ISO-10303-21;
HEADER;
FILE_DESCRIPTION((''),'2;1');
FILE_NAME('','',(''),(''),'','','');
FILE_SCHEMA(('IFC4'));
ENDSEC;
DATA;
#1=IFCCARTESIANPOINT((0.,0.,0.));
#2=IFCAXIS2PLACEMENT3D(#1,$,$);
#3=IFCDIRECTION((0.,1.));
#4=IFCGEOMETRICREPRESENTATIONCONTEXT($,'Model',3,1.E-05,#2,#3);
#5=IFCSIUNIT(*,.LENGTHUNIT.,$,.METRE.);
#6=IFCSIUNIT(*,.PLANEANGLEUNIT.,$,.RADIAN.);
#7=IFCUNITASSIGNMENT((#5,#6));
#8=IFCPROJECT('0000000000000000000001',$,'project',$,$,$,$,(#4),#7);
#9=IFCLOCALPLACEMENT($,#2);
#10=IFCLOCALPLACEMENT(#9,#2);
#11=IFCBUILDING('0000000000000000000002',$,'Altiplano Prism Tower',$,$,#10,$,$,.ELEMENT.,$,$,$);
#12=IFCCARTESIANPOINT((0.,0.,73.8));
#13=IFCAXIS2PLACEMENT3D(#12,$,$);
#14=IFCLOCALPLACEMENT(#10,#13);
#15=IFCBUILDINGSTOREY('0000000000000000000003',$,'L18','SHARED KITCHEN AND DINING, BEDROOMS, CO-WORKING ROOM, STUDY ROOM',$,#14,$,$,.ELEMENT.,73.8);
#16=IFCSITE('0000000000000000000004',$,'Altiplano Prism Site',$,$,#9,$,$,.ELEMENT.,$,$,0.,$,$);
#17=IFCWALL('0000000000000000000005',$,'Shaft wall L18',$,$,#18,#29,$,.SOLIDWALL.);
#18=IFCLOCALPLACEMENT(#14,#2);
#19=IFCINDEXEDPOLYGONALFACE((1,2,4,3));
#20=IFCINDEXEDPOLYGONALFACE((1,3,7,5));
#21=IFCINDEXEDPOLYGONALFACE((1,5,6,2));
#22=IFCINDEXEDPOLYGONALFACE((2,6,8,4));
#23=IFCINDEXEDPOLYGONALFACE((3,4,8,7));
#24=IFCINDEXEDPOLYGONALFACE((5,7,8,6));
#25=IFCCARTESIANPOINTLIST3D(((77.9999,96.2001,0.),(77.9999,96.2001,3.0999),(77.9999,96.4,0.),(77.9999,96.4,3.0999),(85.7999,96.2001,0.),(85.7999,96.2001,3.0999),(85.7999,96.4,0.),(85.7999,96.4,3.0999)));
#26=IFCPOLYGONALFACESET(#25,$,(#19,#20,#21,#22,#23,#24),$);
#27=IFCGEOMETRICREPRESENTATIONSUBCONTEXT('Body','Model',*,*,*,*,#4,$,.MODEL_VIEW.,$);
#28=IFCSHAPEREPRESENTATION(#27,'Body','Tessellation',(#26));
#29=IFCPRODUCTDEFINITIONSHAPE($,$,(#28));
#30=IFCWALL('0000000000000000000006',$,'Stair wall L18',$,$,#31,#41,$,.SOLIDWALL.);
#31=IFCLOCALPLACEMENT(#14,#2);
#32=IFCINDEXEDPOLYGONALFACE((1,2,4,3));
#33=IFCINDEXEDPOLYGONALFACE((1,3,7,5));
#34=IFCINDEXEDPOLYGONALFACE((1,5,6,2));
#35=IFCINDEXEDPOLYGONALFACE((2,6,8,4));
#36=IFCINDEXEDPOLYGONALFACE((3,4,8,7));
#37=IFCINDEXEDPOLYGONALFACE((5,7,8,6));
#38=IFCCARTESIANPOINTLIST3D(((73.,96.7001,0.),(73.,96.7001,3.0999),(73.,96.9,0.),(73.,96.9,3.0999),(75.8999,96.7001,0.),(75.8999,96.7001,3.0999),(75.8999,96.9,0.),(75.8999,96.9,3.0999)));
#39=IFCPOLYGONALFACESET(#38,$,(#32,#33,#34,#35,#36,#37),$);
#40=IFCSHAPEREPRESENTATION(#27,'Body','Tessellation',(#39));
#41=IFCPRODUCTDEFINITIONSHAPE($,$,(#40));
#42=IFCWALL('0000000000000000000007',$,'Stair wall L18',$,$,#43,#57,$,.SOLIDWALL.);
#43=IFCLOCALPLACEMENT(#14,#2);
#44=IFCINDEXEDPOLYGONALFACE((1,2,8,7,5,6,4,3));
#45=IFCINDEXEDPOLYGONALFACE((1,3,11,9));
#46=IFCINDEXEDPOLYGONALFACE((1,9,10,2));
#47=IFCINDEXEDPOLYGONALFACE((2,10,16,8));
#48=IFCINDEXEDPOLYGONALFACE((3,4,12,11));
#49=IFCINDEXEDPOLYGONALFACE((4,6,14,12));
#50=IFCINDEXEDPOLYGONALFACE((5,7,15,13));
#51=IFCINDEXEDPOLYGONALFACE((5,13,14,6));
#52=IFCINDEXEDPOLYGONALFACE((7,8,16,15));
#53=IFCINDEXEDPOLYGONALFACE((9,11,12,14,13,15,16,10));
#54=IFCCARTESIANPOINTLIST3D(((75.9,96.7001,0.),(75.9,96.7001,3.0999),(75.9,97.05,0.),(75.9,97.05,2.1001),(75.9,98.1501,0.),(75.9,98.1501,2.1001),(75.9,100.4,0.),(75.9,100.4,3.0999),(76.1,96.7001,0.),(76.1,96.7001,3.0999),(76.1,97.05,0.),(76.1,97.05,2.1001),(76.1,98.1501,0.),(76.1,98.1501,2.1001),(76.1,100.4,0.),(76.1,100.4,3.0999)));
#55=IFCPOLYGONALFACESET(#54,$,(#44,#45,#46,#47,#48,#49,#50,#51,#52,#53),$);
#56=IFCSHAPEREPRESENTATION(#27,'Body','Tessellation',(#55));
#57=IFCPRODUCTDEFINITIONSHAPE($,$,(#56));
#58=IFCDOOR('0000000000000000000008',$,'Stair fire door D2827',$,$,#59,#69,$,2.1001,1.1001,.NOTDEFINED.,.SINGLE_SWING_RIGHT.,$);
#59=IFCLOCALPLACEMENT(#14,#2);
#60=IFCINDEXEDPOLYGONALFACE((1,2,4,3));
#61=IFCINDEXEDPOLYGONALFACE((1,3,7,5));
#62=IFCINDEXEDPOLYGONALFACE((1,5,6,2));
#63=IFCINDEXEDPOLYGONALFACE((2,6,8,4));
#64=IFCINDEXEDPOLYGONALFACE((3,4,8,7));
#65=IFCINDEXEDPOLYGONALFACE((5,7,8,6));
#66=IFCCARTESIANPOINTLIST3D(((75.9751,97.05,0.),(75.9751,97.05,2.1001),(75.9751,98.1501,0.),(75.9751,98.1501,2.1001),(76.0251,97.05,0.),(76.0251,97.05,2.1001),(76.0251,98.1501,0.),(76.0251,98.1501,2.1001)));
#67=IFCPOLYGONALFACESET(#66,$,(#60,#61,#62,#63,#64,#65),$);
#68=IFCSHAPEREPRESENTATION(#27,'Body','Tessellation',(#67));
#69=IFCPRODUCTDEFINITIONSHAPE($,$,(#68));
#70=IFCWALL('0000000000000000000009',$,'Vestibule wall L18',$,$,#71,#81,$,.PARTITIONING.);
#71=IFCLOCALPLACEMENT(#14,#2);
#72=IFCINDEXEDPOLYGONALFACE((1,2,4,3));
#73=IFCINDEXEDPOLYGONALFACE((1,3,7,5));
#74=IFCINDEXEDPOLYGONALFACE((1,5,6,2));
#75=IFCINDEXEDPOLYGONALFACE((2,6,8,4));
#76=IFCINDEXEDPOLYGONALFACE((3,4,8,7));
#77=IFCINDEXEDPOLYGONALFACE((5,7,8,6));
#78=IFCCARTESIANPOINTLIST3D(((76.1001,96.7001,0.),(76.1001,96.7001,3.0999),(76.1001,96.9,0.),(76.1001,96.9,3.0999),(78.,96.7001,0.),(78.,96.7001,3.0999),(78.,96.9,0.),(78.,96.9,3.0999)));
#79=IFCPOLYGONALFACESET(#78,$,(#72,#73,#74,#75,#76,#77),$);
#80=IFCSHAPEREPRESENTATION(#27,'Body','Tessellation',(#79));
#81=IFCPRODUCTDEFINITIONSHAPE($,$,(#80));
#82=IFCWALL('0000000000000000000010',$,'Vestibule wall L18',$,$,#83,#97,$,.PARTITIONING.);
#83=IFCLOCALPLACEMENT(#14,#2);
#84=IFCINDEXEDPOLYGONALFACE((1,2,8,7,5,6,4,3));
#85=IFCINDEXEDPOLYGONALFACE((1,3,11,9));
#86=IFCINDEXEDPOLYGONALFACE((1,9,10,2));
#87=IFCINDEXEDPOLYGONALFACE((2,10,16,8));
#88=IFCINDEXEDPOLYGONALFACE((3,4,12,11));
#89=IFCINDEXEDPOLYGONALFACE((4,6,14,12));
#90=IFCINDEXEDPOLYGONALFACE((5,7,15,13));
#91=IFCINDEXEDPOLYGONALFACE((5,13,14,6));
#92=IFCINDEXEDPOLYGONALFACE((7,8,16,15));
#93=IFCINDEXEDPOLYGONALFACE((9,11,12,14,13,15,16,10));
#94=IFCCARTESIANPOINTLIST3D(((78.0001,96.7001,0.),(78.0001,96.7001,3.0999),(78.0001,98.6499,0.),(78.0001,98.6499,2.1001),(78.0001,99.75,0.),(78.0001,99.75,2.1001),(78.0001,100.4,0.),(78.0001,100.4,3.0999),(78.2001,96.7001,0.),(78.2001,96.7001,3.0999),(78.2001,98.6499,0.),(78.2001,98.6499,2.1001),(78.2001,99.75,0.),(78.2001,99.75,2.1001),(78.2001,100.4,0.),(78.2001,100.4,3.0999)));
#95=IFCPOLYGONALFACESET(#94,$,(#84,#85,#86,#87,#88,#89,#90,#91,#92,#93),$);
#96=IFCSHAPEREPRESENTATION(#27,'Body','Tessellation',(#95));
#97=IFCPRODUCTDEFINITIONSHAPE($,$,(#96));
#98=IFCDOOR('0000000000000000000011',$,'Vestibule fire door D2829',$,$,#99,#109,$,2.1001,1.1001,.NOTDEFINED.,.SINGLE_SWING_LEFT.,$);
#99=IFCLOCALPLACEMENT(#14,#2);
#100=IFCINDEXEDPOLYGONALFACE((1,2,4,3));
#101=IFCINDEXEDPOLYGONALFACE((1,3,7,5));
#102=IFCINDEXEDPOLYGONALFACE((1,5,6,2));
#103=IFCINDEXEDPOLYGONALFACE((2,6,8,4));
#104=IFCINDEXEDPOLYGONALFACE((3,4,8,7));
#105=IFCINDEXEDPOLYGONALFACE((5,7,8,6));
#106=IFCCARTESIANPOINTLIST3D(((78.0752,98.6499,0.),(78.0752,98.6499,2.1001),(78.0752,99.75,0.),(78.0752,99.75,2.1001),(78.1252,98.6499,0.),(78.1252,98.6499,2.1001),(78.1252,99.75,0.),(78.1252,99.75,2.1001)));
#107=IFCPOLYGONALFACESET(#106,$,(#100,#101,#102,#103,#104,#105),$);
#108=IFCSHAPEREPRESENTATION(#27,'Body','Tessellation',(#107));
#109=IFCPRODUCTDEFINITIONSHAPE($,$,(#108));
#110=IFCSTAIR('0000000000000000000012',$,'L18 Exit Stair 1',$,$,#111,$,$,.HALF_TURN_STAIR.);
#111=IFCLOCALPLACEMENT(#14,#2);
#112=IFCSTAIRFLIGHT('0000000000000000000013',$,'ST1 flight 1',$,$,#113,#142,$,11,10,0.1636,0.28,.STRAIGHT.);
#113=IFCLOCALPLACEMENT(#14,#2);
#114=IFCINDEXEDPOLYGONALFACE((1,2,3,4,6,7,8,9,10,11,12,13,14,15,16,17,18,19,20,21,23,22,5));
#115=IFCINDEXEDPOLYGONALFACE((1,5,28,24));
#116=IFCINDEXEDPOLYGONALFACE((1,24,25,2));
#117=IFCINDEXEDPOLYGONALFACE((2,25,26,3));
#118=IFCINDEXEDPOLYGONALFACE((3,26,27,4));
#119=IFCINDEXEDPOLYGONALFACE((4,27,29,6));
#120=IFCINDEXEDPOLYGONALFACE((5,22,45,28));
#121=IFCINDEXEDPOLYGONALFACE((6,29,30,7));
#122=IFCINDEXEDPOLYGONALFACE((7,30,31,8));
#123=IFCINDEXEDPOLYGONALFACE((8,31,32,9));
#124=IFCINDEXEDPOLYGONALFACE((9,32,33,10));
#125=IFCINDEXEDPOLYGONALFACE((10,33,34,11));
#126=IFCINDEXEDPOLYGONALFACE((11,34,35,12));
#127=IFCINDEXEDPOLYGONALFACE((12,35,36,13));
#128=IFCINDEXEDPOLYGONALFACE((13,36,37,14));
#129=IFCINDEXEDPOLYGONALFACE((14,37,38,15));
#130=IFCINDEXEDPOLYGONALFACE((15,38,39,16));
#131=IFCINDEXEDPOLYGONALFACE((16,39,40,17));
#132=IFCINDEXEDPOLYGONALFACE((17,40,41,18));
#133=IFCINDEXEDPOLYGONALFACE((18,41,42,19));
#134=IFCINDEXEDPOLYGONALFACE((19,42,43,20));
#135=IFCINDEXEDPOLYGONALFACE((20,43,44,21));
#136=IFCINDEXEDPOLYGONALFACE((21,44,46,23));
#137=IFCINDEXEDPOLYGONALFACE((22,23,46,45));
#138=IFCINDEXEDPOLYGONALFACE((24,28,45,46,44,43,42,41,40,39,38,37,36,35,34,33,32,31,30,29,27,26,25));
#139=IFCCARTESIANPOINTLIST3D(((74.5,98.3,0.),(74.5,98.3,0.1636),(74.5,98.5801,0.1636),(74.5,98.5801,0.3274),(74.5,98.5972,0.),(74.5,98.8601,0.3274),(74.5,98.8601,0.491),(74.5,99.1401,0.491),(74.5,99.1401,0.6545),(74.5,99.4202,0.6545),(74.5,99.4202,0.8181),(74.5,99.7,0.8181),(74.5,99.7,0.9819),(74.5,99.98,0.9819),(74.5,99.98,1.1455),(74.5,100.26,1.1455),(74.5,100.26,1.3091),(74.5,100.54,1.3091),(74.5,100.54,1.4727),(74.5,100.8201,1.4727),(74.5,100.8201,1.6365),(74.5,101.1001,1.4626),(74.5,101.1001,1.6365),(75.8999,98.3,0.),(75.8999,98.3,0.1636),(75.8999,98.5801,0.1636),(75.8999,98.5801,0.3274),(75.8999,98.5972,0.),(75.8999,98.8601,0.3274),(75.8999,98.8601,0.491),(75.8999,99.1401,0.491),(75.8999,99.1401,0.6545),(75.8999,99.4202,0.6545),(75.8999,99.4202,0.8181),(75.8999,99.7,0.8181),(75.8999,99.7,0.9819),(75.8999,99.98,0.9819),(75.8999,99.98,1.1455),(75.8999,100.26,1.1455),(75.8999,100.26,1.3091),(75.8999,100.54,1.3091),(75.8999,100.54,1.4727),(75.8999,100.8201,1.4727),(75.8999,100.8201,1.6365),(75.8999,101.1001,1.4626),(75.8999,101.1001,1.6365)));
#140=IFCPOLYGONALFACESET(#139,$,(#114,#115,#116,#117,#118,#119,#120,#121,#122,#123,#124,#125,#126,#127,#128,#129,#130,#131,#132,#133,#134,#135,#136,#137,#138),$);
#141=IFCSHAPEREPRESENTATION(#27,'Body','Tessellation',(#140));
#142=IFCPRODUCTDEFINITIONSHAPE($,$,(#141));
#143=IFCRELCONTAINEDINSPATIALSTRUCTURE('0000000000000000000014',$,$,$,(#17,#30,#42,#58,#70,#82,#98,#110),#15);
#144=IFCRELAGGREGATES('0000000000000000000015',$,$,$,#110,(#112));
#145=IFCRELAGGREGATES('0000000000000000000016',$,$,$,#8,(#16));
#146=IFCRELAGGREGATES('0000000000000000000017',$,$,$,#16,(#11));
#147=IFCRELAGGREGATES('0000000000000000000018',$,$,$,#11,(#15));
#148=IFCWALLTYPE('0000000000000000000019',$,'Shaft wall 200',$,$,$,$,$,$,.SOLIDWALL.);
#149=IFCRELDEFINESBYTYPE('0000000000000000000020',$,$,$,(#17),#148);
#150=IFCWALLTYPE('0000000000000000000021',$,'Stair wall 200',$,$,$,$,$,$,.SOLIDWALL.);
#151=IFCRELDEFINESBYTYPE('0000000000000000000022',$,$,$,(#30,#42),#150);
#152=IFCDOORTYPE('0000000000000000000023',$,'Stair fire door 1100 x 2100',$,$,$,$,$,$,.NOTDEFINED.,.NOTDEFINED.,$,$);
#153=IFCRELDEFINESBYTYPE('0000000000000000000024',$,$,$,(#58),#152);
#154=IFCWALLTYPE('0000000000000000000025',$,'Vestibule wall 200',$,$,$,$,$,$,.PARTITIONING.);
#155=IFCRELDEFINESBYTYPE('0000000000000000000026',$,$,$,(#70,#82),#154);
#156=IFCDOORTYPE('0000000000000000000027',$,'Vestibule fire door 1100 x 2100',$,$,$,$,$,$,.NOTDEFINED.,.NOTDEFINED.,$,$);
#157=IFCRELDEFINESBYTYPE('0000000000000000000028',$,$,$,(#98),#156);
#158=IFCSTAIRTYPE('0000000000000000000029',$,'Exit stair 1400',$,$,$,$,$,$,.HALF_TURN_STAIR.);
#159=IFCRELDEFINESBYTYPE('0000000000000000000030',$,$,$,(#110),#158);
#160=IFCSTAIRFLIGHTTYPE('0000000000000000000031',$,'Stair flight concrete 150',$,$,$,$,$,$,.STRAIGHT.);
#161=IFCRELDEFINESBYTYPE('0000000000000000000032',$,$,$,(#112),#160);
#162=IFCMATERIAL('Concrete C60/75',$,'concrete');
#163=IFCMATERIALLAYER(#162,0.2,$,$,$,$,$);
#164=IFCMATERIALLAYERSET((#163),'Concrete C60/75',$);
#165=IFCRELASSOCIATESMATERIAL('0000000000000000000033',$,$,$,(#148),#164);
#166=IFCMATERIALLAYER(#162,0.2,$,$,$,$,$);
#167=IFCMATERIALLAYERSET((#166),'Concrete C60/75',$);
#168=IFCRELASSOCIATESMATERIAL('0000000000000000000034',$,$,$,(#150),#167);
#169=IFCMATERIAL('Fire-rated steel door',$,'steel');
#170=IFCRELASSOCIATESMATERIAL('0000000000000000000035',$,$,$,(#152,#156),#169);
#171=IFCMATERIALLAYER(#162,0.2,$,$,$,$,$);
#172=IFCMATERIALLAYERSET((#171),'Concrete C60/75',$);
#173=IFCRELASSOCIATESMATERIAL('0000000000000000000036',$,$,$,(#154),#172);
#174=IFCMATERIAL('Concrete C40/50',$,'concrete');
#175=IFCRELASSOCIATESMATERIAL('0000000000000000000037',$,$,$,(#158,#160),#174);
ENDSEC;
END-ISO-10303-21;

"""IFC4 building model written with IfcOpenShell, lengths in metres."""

from ifc_helpers import new_model, si_unit, direction, frame, frame_2d, origin, place, context, subcontext, project, spatial, polyline, rectangle, outline, extrude, material, layer, layer_set, type_object, element, fill, aggregate, save


model = new_model("IFC4")

# Units and contexts
model_context = context("Model", 3, precision=1e-05, world=origin(), true_north=direction((0.0, 1.0)))
body_context = subcontext(model_context, "Body", "Model", "MODEL_VIEW")
ifc_project = project(units=[si_unit("LENGTHUNIT", "METRE"), si_unit("PLANEANGLEUNIT", "RADIAN")], contexts=[model_context])

# Site, building, storey
site_placement = place(None, origin())
site = spatial("IfcSite", under=ifc_project, at=site_placement, Name="Altiplano Prism Site", CompositionType="ELEMENT", RefElevation=0.0)
building_placement = place(site_placement, origin())
building = spatial("IfcBuilding", under=site, at=building_placement, Name="Altiplano Prism Tower", CompositionType="ELEMENT")
storey_placement = place(building_placement, frame((0.0, 0.0, 73.8)))
storey = spatial("IfcBuildingStorey", under=building, at=storey_placement, Name="L18", Description="SHARED KITCHEN AND DINING, BEDROOMS, CO-WORKING ROOM, STUDY ROOM", CompositionType="ELEMENT", Elevation=73.8)

# Walls
ifc_material_1 = material(Name="Concrete C60/75", Category="concrete")
ifc_layer_1 = layer(ifc_material_1, 0.2)
ifc_layer_set_1 = layer_set([ifc_layer_1], Name="Concrete C60/75")
wall_type_1 = type_object("IfcWallType", Name="Shaft wall 200", PredefinedType="SOLIDWALL", material=ifc_layer_set_1)
wall_1_placement = place(storey_placement, frame((78.0, 96.3, 0.0), z_axis=(0.0, 0.0, 1.0), x_axis=(1.0, 0.0, 0.0)))
element("IfcWall", 1, at=wall_1_placement, inside=storey, type_object=wall_type_1, Name="Shaft wall L18", PredefinedType="SOLIDWALL", context=body_context, shape_type="SweptSolid", body=[
    extrude(rectangle(XDim=7.8, YDim=0.2, at=frame_2d((3.8999, 0.0))), origin(), (0.0, 0.0, 1.0), 3.0999),
])
ifc_layer_2 = layer(ifc_material_1, 0.2)
ifc_layer_set_2 = layer_set([ifc_layer_2], Name="Concrete C60/75")
wall_type_2 = type_object("IfcWallType", Name="Stair wall 200", PredefinedType="SOLIDWALL", material=ifc_layer_set_2)
wall_2_placement = place(storey_placement, frame((73.0, 96.8, 0.0), z_axis=(0.0, 0.0, 1.0), x_axis=(1.0, 0.0, 0.0)))
element("IfcWall", 2, at=wall_2_placement, inside=storey, type_object=wall_type_2, Name="Stair wall L18", PredefinedType="SOLIDWALL", context=body_context, shape_type="SweptSolid", body=[
    extrude(rectangle(XDim=2.8999, YDim=0.2, at=frame_2d((1.45, 0.0))), origin(), (0.0, 0.0, 1.0), 3.0999),
])

# Wall, opening, door
wall_3_placement = place(storey_placement, frame((76.0, 96.7, 0.0), z_axis=(0.0, 0.0, 1.0), x_axis=(0.0, 1.0, 0.0)))
wall_3 = element("IfcWall", 3, at=wall_3_placement, inside=storey, type_object=wall_type_2, Name="Stair wall L18", PredefinedType="SOLIDWALL", context=body_context, shape_type="SweptSolid", body=[
    extrude(rectangle(XDim=3.7, YDim=0.2, at=frame_2d((1.8501, 0.0))), origin(), (0.0, 0.0, 1.0), 3.0999),
])
opening_1_placement = place(wall_3_placement, frame((0.3501, 0.0, 0.0)))
opening_1 = element("IfcOpeningElement", 4, at=opening_1_placement, cuts=wall_3, PredefinedType="OPENING", context=body_context, shape_type="SweptSolid", body=[
    extrude(rectangle(XDim=1.1001, YDim=2.1001, at=frame_2d((0.55, 1.05))), frame((0.0, 0.1104, 0.0), z_axis=(0.0, -1.0, 0.0), x_axis=(1.0, 0.0, 0.0)), (0.0, 0.0, 1.0), 0.2209),
])
ifc_material_2 = material(Name="Fire-rated steel door", Category="steel")
door_type_1 = type_object("IfcDoorType", Name="Stair fire door 1100 x 2100", OperationType="NOTDEFINED", PredefinedType="NOTDEFINED", material=ifc_material_2)
door_1_placement = place(opening_1_placement, origin())
door_1 = element("IfcDoor", 5, at=door_1_placement, inside=storey, type_object=door_type_1, Name="Stair fire door D2827", OperationType="SINGLE_SWING_RIGHT", OverallHeight=2.1001, OverallWidth=1.1001, PredefinedType="NOTDEFINED", context=body_context, shape_type="SweptSolid", body=[
    extrude(rectangle(XDim=1.1001, YDim=2.1001, at=frame_2d((0.55, 1.05))), frame((0.0, 0.0249, 0.0), z_axis=(0.0, -1.0, 0.0), x_axis=(1.0, 0.0, 0.0)), (0.0, 0.0, 1.0), 0.05),
])
fill(opening_1, door_1)

# Wall
ifc_layer_3 = layer(ifc_material_1, 0.2)
ifc_layer_set_3 = layer_set([ifc_layer_3], Name="Concrete C60/75")
wall_type_3 = type_object("IfcWallType", Name="Vestibule wall 200", PredefinedType="PARTITIONING", material=ifc_layer_set_3)
wall_4_placement = place(storey_placement, frame((76.1001, 96.8, 0.0), z_axis=(0.0, 0.0, 1.0), x_axis=(1.0, 0.0, 0.0)))
element("IfcWall", 6, at=wall_4_placement, inside=storey, type_object=wall_type_3, Name="Vestibule wall L18", PredefinedType="PARTITIONING", context=body_context, shape_type="SweptSolid", body=[
    extrude(rectangle(XDim=1.8999, YDim=0.2, at=frame_2d((0.95, 0.0))), origin(), (0.0, 0.0, 1.0), 3.0999),
])

# Wall, opening, door
wall_5_placement = place(storey_placement, frame((78.1001, 96.7, 0.0), z_axis=(0.0, 0.0, 1.0), x_axis=(0.0, 1.0, 0.0)))
wall_5 = element("IfcWall", 7, at=wall_5_placement, inside=storey, type_object=wall_type_3, Name="Vestibule wall L18", PredefinedType="PARTITIONING", context=body_context, shape_type="SweptSolid", body=[
    extrude(rectangle(XDim=3.7, YDim=0.2, at=frame_2d((1.8501, 0.0))), origin(), (0.0, 0.0, 1.0), 3.0999),
])
opening_2_placement = place(wall_5_placement, frame((1.95, 0.0, 0.0)))
opening_2 = element("IfcOpeningElement", 8, at=opening_2_placement, cuts=wall_5, PredefinedType="OPENING", context=body_context, shape_type="SweptSolid", body=[
    extrude(rectangle(XDim=1.1001, YDim=2.1001, at=frame_2d((0.55, 1.05))), frame((0.0, 0.1104, 0.0), z_axis=(0.0, -1.0, 0.0), x_axis=(1.0, 0.0, 0.0)), (0.0, 0.0, 1.0), 0.2209),
])
door_type_2 = type_object("IfcDoorType", Name="Vestibule fire door 1100 x 2100", OperationType="NOTDEFINED", PredefinedType="NOTDEFINED", material=ifc_material_2)
door_2_placement = place(opening_2_placement, origin())
door_2 = element("IfcDoor", 9, at=door_2_placement, inside=storey, type_object=door_type_2, Name="Vestibule fire door D2829", OperationType="SINGLE_SWING_LEFT", OverallHeight=2.1001, OverallWidth=1.1001, PredefinedType="NOTDEFINED", context=body_context, shape_type="SweptSolid", body=[
    extrude(rectangle(XDim=1.1001, YDim=2.1001, at=frame_2d((0.55, 1.05))), frame((0.0, 0.0249, 0.0), z_axis=(0.0, -1.0, 0.0), x_axis=(1.0, 0.0, 0.0)), (0.0, 0.0, 1.0), 0.05),
])
fill(opening_2, door_2)

# Stair, stair flight
ifc_material_3 = material(Name="Concrete C40/50", Category="concrete")
stair_type = type_object("IfcStairType", Name="Exit stair 1400", PredefinedType="HALF_TURN_STAIR", material=ifc_material_3)
stair_placement = place(storey_placement, origin())
stair = element("IfcStair", 10, at=stair_placement, inside=storey, type_object=stair_type, Name="L18 Exit Stair 1", PredefinedType="HALF_TURN_STAIR")
stair_flight_type = type_object("IfcStairFlightType", Name="Stair flight concrete 150", PredefinedType="STRAIGHT", material=ifc_material_3)
stair_flight_placement = place(storey_placement, frame((75.2, 98.3, 0.0), z_axis=(0.0, 0.0, 1.0), x_axis=(0.0, 1.0, 0.0)))
stair_flight = element("IfcStairFlight", 11, at=stair_flight_placement, type_object=stair_flight_type, Name="ST1 flight 1", NumberOfRisers=11, NumberOfTreads=10, PredefinedType="STRAIGHT", RiserHeight=0.1636, TreadLength=0.28, context=body_context, shape_type="SweptSolid", body=[
    extrude(outline(polyline([(0.0, 0.0), (0.0, 0.1636), (0.28, 0.1636), (0.28, 0.3274), (0.5601, 0.3274), (0.5601, 0.491), (0.8401, 0.491), (0.8401, 0.6545), (1.1201, 0.6545), (1.1201, 0.8181), (1.3999, 0.8181), (1.3999, 0.9819), (1.6799, 0.9819), (1.6799, 1.1455), (1.96, 1.1455), (1.96, 1.3091), (2.24, 1.3091), (2.24, 1.4727), (2.52, 1.4727), (2.52, 1.6365), (2.8, 1.6365), (2.8, 1.8), (2.8, 1.4626), (0.2971, 0.0), (0.0, 0.0)])), frame((0.0, 0.7, 0.0), z_axis=(0.0, -1.0, 0.0), x_axis=(1.0, 0.0, 0.0)), (0.0, 0.0, 1.0), 1.3999),
])
aggregate(stair, [stair_flight])

save(model, "model.ifc")
